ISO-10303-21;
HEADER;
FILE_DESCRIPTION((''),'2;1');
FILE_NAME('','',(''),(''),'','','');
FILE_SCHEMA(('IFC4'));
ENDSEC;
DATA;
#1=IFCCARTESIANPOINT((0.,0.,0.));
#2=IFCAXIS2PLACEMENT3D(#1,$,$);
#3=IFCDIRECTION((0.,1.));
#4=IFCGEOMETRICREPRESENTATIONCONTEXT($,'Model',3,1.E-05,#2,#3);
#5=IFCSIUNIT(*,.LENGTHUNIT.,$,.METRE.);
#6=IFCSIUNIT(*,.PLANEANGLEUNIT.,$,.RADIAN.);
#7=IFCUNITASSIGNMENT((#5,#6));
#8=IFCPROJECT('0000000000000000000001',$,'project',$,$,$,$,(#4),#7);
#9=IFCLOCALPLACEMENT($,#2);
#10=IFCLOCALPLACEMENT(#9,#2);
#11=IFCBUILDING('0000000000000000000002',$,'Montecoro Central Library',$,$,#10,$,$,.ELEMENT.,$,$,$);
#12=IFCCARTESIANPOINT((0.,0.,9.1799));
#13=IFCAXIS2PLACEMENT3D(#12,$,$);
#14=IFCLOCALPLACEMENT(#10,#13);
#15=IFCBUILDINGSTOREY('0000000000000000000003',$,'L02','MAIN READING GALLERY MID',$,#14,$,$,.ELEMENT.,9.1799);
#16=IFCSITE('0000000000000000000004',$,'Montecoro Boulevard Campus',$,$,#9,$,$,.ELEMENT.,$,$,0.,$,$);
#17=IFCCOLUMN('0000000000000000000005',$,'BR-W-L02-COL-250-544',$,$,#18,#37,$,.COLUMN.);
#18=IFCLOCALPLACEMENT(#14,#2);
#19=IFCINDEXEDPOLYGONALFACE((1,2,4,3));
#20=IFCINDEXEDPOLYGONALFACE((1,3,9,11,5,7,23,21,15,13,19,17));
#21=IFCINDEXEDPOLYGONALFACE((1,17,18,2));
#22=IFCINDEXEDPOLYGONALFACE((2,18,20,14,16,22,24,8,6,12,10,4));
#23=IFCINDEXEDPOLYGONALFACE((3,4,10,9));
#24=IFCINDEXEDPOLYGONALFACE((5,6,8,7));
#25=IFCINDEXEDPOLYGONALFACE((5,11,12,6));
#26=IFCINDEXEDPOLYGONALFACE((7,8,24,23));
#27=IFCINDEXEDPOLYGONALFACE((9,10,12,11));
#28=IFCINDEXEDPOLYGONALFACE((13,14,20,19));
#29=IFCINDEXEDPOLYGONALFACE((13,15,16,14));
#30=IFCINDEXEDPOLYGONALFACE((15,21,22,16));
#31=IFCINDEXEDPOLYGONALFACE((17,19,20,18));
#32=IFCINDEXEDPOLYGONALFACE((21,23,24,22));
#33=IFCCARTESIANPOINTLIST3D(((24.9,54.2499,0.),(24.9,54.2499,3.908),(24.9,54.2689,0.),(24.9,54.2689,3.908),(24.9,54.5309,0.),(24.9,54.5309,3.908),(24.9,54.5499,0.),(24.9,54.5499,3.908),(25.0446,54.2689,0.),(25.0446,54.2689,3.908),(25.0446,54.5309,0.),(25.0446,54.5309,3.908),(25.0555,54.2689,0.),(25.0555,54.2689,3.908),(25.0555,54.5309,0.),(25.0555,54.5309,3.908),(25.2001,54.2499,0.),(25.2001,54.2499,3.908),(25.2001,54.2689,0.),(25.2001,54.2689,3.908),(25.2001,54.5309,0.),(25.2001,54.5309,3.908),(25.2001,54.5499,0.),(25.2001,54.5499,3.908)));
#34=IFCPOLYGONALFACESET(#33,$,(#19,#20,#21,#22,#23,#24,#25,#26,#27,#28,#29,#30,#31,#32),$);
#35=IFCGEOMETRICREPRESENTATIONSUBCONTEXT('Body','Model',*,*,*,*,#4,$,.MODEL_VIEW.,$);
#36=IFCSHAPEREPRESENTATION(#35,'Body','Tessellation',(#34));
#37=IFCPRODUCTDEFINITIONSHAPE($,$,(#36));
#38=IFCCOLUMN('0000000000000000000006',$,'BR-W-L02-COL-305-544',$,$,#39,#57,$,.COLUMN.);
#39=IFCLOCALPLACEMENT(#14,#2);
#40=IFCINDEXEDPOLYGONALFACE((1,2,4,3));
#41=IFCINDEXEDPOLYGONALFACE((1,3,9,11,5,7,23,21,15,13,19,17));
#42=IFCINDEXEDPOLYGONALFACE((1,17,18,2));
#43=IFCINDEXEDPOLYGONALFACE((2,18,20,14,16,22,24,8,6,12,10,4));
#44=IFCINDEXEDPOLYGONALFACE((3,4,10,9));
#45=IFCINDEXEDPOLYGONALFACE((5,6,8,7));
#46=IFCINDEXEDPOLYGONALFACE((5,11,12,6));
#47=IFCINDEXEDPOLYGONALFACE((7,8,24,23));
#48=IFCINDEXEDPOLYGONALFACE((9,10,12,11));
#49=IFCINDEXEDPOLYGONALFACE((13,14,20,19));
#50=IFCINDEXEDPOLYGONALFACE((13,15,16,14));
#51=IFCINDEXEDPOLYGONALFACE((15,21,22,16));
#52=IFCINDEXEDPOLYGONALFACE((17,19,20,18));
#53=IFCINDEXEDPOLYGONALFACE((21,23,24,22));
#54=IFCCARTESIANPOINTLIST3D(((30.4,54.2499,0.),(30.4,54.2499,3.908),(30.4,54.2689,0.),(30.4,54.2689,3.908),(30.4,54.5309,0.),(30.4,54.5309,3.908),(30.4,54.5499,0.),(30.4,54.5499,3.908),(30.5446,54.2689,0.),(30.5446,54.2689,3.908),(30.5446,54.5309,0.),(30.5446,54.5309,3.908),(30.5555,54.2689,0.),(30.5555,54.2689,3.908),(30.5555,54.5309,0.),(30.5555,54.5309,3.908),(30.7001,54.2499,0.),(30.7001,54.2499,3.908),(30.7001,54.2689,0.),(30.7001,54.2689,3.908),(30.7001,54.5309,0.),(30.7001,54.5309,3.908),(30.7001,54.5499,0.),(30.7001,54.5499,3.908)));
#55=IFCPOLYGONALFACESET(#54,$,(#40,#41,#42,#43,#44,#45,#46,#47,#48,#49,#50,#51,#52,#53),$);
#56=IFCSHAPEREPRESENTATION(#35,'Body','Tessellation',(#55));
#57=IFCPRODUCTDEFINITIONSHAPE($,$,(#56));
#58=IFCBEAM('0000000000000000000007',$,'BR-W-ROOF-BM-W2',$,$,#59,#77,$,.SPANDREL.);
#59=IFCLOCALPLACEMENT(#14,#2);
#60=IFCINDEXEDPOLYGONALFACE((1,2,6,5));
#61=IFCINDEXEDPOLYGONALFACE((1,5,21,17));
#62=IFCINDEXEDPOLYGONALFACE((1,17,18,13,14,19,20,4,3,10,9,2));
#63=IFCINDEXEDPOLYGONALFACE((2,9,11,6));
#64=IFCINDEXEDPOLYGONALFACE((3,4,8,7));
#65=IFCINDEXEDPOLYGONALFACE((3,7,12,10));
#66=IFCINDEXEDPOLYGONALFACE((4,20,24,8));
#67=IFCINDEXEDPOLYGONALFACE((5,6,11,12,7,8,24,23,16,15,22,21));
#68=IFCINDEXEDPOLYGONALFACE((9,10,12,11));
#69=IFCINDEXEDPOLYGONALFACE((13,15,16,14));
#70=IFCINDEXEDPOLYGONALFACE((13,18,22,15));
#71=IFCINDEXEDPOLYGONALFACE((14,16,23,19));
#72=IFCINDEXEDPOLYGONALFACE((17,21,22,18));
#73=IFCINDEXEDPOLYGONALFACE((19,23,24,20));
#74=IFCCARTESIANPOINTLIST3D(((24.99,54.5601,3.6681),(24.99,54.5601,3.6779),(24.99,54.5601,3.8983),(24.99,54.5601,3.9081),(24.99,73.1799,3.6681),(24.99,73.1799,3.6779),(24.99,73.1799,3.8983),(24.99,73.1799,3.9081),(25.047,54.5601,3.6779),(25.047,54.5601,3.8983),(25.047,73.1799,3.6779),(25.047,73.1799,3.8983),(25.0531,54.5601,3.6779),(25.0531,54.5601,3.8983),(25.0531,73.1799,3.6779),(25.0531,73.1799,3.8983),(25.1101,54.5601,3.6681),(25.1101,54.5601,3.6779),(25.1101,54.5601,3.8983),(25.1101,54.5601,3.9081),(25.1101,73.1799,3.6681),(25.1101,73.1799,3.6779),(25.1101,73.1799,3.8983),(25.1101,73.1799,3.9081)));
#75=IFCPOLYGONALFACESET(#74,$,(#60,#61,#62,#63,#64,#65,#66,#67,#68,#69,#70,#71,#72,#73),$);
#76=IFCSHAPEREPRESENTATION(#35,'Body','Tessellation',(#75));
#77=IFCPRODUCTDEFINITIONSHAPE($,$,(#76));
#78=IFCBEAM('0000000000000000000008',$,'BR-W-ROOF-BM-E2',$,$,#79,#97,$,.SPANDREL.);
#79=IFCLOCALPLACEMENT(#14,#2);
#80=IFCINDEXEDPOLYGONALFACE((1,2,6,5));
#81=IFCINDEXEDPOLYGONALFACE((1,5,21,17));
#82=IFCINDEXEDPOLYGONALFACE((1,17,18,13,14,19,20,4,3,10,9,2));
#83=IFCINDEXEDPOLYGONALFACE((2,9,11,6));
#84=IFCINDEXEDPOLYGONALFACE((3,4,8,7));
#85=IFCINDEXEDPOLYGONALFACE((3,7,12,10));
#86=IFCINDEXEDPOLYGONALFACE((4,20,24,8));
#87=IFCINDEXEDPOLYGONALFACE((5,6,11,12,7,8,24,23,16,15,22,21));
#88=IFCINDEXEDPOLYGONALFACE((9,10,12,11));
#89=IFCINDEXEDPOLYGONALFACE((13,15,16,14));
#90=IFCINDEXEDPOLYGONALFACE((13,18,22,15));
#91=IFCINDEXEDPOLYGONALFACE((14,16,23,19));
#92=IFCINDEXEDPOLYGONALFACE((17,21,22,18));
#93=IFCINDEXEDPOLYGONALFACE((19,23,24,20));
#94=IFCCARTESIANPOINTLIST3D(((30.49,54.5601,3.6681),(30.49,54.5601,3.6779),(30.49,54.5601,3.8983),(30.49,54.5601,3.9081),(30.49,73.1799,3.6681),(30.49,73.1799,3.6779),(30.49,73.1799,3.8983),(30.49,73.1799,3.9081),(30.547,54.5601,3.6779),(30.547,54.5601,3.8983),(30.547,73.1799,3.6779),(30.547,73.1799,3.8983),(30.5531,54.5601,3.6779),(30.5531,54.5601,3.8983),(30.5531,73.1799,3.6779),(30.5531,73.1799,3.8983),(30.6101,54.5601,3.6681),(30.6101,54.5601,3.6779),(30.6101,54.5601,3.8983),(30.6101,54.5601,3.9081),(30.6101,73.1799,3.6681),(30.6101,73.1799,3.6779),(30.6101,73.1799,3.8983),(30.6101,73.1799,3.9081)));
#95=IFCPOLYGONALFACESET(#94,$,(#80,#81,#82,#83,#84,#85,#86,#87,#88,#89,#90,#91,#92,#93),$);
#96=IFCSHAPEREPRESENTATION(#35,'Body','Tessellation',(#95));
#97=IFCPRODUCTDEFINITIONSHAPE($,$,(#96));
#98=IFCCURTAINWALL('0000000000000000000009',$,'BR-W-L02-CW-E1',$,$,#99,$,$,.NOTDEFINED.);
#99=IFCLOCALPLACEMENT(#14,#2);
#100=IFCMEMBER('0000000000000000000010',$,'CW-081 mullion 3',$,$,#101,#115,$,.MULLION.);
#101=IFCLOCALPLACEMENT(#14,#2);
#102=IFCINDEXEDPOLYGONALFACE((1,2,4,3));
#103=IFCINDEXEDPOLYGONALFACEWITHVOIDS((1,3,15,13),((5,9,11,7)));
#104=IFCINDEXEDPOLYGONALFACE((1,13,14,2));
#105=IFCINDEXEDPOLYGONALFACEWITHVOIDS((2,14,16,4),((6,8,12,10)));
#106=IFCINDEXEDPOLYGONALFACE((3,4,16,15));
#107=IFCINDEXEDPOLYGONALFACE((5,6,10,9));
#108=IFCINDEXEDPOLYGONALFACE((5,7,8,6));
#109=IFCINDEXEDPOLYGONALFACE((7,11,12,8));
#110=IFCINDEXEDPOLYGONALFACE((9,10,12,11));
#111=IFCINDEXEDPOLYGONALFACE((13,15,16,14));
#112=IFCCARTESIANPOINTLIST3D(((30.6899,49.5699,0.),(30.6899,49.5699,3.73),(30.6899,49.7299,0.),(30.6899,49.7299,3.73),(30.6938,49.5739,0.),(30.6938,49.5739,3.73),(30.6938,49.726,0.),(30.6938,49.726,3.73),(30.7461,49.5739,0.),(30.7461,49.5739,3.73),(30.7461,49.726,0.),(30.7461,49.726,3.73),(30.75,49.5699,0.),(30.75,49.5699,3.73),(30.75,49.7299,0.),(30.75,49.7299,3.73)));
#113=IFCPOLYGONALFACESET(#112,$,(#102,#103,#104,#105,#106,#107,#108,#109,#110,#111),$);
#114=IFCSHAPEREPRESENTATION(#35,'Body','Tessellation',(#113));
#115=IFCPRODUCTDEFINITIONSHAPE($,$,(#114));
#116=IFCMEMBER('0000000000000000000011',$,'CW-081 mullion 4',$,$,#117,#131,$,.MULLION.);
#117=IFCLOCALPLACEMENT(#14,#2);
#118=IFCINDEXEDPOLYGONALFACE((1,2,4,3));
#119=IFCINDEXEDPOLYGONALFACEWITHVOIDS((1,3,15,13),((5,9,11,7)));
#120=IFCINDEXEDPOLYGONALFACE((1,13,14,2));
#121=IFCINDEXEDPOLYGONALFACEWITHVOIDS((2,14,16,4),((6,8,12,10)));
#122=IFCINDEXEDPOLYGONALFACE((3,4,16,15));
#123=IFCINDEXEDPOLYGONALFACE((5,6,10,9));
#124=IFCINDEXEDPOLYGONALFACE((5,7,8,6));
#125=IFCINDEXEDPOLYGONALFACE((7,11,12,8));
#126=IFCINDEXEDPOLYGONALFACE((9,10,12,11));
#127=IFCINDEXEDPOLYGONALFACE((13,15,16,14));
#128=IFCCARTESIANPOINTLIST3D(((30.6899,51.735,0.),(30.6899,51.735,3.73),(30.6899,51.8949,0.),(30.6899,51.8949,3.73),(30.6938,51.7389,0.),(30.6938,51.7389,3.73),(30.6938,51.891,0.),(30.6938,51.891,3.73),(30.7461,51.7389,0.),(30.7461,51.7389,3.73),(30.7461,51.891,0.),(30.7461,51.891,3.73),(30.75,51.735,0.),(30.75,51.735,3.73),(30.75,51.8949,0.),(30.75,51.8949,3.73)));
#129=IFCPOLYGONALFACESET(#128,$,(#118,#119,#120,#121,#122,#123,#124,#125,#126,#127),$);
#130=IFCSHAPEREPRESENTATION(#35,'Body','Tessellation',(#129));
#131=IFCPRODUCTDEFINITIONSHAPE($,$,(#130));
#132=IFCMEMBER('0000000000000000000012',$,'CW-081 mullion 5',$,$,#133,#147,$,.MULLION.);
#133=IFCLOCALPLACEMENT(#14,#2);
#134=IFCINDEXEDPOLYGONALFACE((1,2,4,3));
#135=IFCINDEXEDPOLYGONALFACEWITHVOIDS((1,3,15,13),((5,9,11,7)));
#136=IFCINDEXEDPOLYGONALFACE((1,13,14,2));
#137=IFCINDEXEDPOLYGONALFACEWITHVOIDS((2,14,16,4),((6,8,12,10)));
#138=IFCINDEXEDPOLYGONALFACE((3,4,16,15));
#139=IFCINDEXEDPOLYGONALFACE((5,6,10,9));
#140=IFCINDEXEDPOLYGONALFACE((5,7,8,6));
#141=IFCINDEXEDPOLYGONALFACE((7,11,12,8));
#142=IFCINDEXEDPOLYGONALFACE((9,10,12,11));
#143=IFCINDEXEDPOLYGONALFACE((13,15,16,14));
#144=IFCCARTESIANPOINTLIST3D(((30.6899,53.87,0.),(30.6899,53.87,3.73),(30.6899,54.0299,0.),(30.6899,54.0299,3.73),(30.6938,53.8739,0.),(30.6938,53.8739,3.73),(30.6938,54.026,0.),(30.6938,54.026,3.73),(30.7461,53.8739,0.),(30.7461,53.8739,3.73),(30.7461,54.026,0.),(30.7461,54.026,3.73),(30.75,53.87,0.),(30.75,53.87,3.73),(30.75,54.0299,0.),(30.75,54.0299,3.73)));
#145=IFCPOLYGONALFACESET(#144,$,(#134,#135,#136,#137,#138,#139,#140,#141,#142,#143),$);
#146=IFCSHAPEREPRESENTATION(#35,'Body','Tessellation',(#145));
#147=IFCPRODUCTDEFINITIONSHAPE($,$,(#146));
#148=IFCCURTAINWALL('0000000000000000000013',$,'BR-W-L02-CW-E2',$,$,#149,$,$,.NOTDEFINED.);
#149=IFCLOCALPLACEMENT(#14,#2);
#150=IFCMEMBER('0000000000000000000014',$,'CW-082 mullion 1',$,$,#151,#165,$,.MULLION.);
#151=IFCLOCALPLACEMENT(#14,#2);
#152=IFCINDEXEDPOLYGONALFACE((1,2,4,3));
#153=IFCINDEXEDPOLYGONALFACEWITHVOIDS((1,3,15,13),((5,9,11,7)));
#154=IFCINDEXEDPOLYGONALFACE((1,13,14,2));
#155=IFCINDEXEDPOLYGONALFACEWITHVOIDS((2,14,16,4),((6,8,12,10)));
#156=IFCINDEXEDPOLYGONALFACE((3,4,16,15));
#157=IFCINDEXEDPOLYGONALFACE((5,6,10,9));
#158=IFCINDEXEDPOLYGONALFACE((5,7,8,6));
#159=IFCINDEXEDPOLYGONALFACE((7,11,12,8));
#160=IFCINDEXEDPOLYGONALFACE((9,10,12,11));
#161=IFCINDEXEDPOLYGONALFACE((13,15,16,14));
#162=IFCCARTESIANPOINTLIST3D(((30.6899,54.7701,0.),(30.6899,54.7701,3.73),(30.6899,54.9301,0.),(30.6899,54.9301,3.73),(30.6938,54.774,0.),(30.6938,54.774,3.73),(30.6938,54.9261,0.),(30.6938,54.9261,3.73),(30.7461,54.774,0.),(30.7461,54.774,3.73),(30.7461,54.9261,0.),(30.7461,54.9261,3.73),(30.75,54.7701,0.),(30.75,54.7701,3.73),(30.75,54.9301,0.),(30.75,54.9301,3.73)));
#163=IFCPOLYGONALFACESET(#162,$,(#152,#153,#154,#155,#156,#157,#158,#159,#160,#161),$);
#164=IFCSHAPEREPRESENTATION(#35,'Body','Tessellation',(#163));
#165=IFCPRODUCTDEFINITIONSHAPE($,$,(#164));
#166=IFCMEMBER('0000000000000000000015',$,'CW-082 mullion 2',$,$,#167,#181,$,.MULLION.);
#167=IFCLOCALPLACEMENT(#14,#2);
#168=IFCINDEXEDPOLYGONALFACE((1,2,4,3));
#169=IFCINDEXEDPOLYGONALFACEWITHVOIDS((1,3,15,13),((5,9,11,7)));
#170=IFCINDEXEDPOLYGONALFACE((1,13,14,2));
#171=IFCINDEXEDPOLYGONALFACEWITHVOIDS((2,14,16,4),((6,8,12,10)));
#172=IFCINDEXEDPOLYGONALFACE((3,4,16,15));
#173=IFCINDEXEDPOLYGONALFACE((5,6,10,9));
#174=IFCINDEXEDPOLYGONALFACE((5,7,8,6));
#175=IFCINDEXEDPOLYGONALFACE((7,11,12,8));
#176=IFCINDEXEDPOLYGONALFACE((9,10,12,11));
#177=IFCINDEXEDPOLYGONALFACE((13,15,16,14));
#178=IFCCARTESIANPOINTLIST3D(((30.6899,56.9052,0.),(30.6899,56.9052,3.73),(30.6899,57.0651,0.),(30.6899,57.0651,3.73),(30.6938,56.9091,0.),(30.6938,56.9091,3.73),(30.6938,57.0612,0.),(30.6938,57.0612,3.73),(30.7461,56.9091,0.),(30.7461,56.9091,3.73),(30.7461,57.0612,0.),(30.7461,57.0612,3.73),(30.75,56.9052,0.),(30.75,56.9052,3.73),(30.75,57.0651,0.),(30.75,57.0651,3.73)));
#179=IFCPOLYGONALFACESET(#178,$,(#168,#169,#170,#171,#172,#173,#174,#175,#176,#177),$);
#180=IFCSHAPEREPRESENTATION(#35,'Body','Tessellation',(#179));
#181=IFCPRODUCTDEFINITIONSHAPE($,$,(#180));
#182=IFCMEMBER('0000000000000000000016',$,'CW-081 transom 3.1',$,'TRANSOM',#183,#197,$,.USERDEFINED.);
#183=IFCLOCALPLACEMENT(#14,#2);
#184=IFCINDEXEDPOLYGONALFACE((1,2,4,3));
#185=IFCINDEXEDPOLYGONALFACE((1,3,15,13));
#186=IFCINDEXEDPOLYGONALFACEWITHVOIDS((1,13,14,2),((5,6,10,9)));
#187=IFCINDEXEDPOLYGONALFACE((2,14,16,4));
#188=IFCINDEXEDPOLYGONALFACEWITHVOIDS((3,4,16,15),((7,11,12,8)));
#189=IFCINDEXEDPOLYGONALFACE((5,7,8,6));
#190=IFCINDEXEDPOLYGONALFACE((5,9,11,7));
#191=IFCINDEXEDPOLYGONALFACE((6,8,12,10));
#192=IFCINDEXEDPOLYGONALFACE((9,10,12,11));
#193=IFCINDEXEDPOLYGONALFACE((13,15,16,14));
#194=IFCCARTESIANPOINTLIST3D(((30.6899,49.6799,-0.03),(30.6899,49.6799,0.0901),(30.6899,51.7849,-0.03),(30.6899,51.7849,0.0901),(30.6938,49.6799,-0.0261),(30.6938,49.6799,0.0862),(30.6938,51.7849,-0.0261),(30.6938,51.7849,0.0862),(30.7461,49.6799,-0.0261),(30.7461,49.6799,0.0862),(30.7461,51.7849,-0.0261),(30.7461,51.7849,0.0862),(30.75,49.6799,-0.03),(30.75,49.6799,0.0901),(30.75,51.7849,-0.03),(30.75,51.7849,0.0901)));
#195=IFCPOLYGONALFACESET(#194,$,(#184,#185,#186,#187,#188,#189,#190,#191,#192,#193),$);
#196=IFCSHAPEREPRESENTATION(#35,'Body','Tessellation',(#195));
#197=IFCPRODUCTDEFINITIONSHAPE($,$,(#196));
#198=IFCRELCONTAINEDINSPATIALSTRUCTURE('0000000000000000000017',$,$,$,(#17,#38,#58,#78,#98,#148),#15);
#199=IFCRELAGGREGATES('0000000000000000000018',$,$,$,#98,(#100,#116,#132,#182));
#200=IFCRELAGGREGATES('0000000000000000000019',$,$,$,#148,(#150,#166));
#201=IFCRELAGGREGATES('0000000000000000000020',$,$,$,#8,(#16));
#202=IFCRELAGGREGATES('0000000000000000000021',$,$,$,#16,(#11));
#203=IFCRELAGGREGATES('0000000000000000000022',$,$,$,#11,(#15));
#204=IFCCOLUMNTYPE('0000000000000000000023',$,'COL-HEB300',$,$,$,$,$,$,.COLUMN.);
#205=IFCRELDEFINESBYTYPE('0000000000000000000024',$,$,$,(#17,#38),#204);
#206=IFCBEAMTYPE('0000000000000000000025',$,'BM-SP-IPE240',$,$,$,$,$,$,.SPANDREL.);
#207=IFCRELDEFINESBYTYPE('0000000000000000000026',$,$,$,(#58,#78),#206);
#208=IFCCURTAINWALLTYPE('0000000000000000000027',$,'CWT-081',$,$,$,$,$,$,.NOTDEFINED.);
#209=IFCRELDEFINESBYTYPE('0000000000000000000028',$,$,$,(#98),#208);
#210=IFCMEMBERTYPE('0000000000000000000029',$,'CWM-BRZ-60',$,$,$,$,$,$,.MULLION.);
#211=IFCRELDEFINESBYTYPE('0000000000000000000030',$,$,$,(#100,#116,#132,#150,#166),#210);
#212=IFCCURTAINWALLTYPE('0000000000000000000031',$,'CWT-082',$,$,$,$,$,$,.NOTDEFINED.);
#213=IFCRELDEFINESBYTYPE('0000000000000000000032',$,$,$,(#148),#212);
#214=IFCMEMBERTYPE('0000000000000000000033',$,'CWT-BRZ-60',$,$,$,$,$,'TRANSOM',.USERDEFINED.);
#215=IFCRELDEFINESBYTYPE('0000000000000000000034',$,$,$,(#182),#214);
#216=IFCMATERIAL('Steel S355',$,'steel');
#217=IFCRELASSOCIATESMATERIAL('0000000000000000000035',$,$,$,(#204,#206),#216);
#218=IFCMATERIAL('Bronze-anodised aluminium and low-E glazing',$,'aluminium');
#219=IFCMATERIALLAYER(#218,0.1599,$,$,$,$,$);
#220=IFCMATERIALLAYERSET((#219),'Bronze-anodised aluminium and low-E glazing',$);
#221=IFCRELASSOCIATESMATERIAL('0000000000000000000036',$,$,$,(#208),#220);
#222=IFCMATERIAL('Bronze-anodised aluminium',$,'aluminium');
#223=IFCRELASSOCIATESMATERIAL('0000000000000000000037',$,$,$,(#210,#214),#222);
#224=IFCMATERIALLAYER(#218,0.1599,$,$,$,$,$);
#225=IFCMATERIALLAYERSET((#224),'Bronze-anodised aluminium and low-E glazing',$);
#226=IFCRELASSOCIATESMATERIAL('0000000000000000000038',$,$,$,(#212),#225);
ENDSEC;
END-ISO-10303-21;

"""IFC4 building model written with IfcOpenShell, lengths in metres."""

from ifc_helpers import new_model, si_unit, direction, frame, origin, origin_2d, place, context, subcontext, project, spatial, hollow_rectangle, i_section, extrude, material, layer, layer_set, material_profile, profile_set, type_object, element, aggregate, save


model = new_model("IFC4")

# Units and contexts
model_context = context("Model", 3, precision=1e-05, world=origin(), true_north=direction((0.0, 1.0)))
body_context = subcontext(model_context, "Body", "Model", "MODEL_VIEW")
ifc_project = project(units=[si_unit("LENGTHUNIT", "METRE"), si_unit("PLANEANGLEUNIT", "RADIAN")], contexts=[model_context])

# Site, building, storey
site_placement = place(None, origin())
site = spatial("IfcSite", under=ifc_project, at=site_placement, Name="Montecoro Boulevard Campus", CompositionType="ELEMENT", RefElevation=0.0)
building_placement = place(site_placement, origin())
building = spatial("IfcBuilding", under=site, at=building_placement, Name="Montecoro Central Library", CompositionType="ELEMENT")
storey_placement = place(building_placement, frame((0.0, 0.0, 9.1799)))
storey = spatial("IfcBuildingStorey", under=building, at=storey_placement, Name="L02", Description="MAIN READING GALLERY MID", CompositionType="ELEMENT", Elevation=9.1799)

# Columns
ifc_material_1 = material(Name="Steel S355", Category="steel")
ifc_material_profile_1 = material_profile(ifc_material_1, i_section(OverallWidth=0.3, OverallDepth=0.3, WebThickness=0.011, FlangeThickness=0.019, at=origin_2d()), Name="HEB 300")
ifc_profile_set_1 = profile_set([ifc_material_profile_1], Name="Steel S355")
column_type = type_object("IfcColumnType", Name="COL-HEB300", PredefinedType="COLUMN", material=ifc_profile_set_1)
for number, where, z_axis, x_axis, name in (
    (1, (25.05, 54.3999, 0.0), (0.0, 0.0, 1.0), (1.0, 0.0, 0.0), "BR-W-L02-COL-250-544"),
    (2, (30.55, 54.3999, 0.0), (0.0, 0.0, 1.0), (1.0, 0.0, 0.0), "BR-W-L02-COL-305-544"),
):
    element("IfcColumn", number, at=place(storey_placement, frame(where, z_axis=z_axis, x_axis=x_axis)), inside=storey, type_object=column_type, Name=name, PredefinedType="COLUMN", context=body_context, shape_type="SweptSolid", body=[
        extrude(i_section(OverallWidth=0.3, OverallDepth=0.3, WebThickness=0.011, FlangeThickness=0.019, at=origin_2d()), origin(), (0.0, 0.0, 1.0), 3.908),
    ])

# Beams
ifc_material_profile_2 = material_profile(ifc_material_1, i_section(OverallWidth=0.1201, OverallDepth=0.24, WebThickness=0.0061, FlangeThickness=0.0098, at=origin_2d()), Name="IPE 240")
ifc_profile_set_2 = profile_set([ifc_material_profile_2], Name="Steel S355")
beam_type = type_object("IfcBeamType", Name="BM-SP-IPE240", PredefinedType="SPANDREL", material=ifc_profile_set_2)
for number, where, z_axis, x_axis, name in (
    (3, (25.05, 54.5601, 3.7881), (0.0, 1.0, 0.0), (-1.0, 0.0, 0.0), "BR-W-ROOF-BM-W2"),
    (4, (30.55, 54.5601, 3.7881), (0.0, 1.0, 0.0), (-1.0, 0.0, 0.0), "BR-W-ROOF-BM-E2"),
):
    element("IfcBeam", number, at=place(storey_placement, frame(where, z_axis=z_axis, x_axis=x_axis)), inside=storey, type_object=beam_type, Name=name, PredefinedType="SPANDREL", context=body_context, shape_type="SweptSolid", body=[
        extrude(i_section(OverallWidth=0.1201, OverallDepth=0.24, WebThickness=0.0061, FlangeThickness=0.0098, at=origin_2d()), origin(), (0.0, 0.0, 1.0), 18.6199),
    ])

# Curtain walls, members
ifc_material_2 = material(Name="Bronze-anodised aluminium and low-E glazing", Category="aluminium")
ifc_layer_1 = layer(ifc_material_2, 0.1599)
ifc_layer_set_1 = layer_set([ifc_layer_1], Name="Bronze-anodised aluminium and low-E glazing")
curtain_wall_type_1 = type_object("IfcCurtainWallType", Name="CWT-081", PredefinedType="NOTDEFINED", material=ifc_layer_set_1)
curtain_wall_1_placement = place(storey_placement, origin())
curtain_wall_1 = element("IfcCurtainWall", 5, at=curtain_wall_1_placement, inside=storey, type_object=curtain_wall_type_1, Name="BR-W-L02-CW-E1", PredefinedType="NOTDEFINED")
ifc_material_3 = material(Name="Bronze-anodised aluminium", Category="aluminium")
ifc_material_profile_3 = material_profile(ifc_material_3, hollow_rectangle(XDim=0.0601, YDim=0.1599, WallThickness=0.0039, at=origin_2d()), Name="CWM 160x60x4.0")
ifc_profile_set_3 = profile_set([ifc_material_profile_3], Name="Bronze-anodised aluminium")
member_type_1 = type_object("IfcMemberType", Name="CWM-BRZ-60", PredefinedType="MULLION", material=ifc_profile_set_3)
member_1_placement = place(storey_placement, frame((30.72, 49.6499, 0.0), z_axis=(0.0, 0.0, 1.0), x_axis=(-1.0, 0.0, 0.0)))
member_1 = element("IfcMember", 6, at=member_1_placement, type_object=member_type_1, Name="CW-081 mullion 3", PredefinedType="MULLION", context=body_context, shape_type="SweptSolid", body=[
    extrude(hollow_rectangle(XDim=0.0601, YDim=0.1599, WallThickness=0.0039, at=origin_2d()), origin(), (0.0, 0.0, 1.0), 3.73),
])
member_2_placement = place(storey_placement, frame((30.72, 51.8149, 0.0), z_axis=(0.0, 0.0, 1.0), x_axis=(-1.0, 0.0, 0.0)))
member_2 = element("IfcMember", 7, at=member_2_placement, type_object=member_type_1, Name="CW-081 mullion 4", PredefinedType="MULLION", context=body_context, shape_type="SweptSolid", body=[
    extrude(hollow_rectangle(XDim=0.0601, YDim=0.1599, WallThickness=0.0039, at=origin_2d()), origin(), (0.0, 0.0, 1.0), 3.73),
])
member_3_placement = place(storey_placement, frame((30.72, 53.95, 0.0), z_axis=(0.0, 0.0, 1.0), x_axis=(-1.0, 0.0, 0.0)))
member_3 = element("IfcMember", 8, at=member_3_placement, type_object=member_type_1, Name="CW-081 mullion 5", PredefinedType="MULLION", context=body_context, shape_type="SweptSolid", body=[
    extrude(hollow_rectangle(XDim=0.0601, YDim=0.1599, WallThickness=0.0039, at=origin_2d()), origin(), (0.0, 0.0, 1.0), 3.73),
])
ifc_layer_2 = layer(ifc_material_2, 0.1599)
ifc_layer_set_2 = layer_set([ifc_layer_2], Name="Bronze-anodised aluminium and low-E glazing")
curtain_wall_type_2 = type_object("IfcCurtainWallType", Name="CWT-082", PredefinedType="NOTDEFINED", material=ifc_layer_set_2)
curtain_wall_2_placement = place(storey_placement, origin())
curtain_wall_2 = element("IfcCurtainWall", 9, at=curtain_wall_2_placement, inside=storey, type_object=curtain_wall_type_2, Name="BR-W-L02-CW-E2", PredefinedType="NOTDEFINED")
member_4_placement = place(storey_placement, frame((30.72, 54.8501, 0.0), z_axis=(0.0, 0.0, 1.0), x_axis=(-1.0, 0.0, 0.0)))
member_4 = element("IfcMember", 10, at=member_4_placement, type_object=member_type_1, Name="CW-082 mullion 1", PredefinedType="MULLION", context=body_context, shape_type="SweptSolid", body=[
    extrude(hollow_rectangle(XDim=0.0601, YDim=0.1599, WallThickness=0.0039, at=origin_2d()), origin(), (0.0, 0.0, 1.0), 3.73),
])
member_5_placement = place(storey_placement, frame((30.72, 56.9851, 0.0), z_axis=(0.0, 0.0, 1.0), x_axis=(-1.0, 0.0, 0.0)))
member_5 = element("IfcMember", 11, at=member_5_placement, type_object=member_type_1, Name="CW-082 mullion 2", PredefinedType="MULLION", context=body_context, shape_type="SweptSolid", body=[
    extrude(hollow_rectangle(XDim=0.0601, YDim=0.1599, WallThickness=0.0039, at=origin_2d()), origin(), (0.0, 0.0, 1.0), 3.73),
])

# Member
ifc_material_profile_4 = material_profile(ifc_material_3, hollow_rectangle(XDim=0.0601, YDim=0.1201, WallThickness=0.0039, at=origin_2d()), Name="CWT 120x60x4.0")
ifc_profile_set_4 = profile_set([ifc_material_profile_4], Name="Bronze-anodised aluminium")
member_type_2 = type_object("IfcMemberType", Name="CWT-BRZ-60", ElementType="TRANSOM", PredefinedType="USERDEFINED", material=ifc_profile_set_4)
member_6_placement = place(storey_placement, frame((30.72, 49.6799, 0.03), z_axis=(0.0, 1.0, 0.0), x_axis=(-1.0, 0.0, 0.0)))
member_6 = element("IfcMember", 12, at=member_6_placement, type_object=member_type_2, Name="CW-081 transom 3.1", ObjectType="TRANSOM", PredefinedType="USERDEFINED", context=body_context, shape_type="SweptSolid", body=[
    extrude(hollow_rectangle(XDim=0.0601, YDim=0.1201, WallThickness=0.0039, at=origin_2d()), origin(), (0.0, 0.0, 1.0), 2.105),
])

aggregate(curtain_wall_1, [member_1, member_2, member_3, member_6])
aggregate(curtain_wall_2, [member_4, member_5])

save(model, "model.ifc")
